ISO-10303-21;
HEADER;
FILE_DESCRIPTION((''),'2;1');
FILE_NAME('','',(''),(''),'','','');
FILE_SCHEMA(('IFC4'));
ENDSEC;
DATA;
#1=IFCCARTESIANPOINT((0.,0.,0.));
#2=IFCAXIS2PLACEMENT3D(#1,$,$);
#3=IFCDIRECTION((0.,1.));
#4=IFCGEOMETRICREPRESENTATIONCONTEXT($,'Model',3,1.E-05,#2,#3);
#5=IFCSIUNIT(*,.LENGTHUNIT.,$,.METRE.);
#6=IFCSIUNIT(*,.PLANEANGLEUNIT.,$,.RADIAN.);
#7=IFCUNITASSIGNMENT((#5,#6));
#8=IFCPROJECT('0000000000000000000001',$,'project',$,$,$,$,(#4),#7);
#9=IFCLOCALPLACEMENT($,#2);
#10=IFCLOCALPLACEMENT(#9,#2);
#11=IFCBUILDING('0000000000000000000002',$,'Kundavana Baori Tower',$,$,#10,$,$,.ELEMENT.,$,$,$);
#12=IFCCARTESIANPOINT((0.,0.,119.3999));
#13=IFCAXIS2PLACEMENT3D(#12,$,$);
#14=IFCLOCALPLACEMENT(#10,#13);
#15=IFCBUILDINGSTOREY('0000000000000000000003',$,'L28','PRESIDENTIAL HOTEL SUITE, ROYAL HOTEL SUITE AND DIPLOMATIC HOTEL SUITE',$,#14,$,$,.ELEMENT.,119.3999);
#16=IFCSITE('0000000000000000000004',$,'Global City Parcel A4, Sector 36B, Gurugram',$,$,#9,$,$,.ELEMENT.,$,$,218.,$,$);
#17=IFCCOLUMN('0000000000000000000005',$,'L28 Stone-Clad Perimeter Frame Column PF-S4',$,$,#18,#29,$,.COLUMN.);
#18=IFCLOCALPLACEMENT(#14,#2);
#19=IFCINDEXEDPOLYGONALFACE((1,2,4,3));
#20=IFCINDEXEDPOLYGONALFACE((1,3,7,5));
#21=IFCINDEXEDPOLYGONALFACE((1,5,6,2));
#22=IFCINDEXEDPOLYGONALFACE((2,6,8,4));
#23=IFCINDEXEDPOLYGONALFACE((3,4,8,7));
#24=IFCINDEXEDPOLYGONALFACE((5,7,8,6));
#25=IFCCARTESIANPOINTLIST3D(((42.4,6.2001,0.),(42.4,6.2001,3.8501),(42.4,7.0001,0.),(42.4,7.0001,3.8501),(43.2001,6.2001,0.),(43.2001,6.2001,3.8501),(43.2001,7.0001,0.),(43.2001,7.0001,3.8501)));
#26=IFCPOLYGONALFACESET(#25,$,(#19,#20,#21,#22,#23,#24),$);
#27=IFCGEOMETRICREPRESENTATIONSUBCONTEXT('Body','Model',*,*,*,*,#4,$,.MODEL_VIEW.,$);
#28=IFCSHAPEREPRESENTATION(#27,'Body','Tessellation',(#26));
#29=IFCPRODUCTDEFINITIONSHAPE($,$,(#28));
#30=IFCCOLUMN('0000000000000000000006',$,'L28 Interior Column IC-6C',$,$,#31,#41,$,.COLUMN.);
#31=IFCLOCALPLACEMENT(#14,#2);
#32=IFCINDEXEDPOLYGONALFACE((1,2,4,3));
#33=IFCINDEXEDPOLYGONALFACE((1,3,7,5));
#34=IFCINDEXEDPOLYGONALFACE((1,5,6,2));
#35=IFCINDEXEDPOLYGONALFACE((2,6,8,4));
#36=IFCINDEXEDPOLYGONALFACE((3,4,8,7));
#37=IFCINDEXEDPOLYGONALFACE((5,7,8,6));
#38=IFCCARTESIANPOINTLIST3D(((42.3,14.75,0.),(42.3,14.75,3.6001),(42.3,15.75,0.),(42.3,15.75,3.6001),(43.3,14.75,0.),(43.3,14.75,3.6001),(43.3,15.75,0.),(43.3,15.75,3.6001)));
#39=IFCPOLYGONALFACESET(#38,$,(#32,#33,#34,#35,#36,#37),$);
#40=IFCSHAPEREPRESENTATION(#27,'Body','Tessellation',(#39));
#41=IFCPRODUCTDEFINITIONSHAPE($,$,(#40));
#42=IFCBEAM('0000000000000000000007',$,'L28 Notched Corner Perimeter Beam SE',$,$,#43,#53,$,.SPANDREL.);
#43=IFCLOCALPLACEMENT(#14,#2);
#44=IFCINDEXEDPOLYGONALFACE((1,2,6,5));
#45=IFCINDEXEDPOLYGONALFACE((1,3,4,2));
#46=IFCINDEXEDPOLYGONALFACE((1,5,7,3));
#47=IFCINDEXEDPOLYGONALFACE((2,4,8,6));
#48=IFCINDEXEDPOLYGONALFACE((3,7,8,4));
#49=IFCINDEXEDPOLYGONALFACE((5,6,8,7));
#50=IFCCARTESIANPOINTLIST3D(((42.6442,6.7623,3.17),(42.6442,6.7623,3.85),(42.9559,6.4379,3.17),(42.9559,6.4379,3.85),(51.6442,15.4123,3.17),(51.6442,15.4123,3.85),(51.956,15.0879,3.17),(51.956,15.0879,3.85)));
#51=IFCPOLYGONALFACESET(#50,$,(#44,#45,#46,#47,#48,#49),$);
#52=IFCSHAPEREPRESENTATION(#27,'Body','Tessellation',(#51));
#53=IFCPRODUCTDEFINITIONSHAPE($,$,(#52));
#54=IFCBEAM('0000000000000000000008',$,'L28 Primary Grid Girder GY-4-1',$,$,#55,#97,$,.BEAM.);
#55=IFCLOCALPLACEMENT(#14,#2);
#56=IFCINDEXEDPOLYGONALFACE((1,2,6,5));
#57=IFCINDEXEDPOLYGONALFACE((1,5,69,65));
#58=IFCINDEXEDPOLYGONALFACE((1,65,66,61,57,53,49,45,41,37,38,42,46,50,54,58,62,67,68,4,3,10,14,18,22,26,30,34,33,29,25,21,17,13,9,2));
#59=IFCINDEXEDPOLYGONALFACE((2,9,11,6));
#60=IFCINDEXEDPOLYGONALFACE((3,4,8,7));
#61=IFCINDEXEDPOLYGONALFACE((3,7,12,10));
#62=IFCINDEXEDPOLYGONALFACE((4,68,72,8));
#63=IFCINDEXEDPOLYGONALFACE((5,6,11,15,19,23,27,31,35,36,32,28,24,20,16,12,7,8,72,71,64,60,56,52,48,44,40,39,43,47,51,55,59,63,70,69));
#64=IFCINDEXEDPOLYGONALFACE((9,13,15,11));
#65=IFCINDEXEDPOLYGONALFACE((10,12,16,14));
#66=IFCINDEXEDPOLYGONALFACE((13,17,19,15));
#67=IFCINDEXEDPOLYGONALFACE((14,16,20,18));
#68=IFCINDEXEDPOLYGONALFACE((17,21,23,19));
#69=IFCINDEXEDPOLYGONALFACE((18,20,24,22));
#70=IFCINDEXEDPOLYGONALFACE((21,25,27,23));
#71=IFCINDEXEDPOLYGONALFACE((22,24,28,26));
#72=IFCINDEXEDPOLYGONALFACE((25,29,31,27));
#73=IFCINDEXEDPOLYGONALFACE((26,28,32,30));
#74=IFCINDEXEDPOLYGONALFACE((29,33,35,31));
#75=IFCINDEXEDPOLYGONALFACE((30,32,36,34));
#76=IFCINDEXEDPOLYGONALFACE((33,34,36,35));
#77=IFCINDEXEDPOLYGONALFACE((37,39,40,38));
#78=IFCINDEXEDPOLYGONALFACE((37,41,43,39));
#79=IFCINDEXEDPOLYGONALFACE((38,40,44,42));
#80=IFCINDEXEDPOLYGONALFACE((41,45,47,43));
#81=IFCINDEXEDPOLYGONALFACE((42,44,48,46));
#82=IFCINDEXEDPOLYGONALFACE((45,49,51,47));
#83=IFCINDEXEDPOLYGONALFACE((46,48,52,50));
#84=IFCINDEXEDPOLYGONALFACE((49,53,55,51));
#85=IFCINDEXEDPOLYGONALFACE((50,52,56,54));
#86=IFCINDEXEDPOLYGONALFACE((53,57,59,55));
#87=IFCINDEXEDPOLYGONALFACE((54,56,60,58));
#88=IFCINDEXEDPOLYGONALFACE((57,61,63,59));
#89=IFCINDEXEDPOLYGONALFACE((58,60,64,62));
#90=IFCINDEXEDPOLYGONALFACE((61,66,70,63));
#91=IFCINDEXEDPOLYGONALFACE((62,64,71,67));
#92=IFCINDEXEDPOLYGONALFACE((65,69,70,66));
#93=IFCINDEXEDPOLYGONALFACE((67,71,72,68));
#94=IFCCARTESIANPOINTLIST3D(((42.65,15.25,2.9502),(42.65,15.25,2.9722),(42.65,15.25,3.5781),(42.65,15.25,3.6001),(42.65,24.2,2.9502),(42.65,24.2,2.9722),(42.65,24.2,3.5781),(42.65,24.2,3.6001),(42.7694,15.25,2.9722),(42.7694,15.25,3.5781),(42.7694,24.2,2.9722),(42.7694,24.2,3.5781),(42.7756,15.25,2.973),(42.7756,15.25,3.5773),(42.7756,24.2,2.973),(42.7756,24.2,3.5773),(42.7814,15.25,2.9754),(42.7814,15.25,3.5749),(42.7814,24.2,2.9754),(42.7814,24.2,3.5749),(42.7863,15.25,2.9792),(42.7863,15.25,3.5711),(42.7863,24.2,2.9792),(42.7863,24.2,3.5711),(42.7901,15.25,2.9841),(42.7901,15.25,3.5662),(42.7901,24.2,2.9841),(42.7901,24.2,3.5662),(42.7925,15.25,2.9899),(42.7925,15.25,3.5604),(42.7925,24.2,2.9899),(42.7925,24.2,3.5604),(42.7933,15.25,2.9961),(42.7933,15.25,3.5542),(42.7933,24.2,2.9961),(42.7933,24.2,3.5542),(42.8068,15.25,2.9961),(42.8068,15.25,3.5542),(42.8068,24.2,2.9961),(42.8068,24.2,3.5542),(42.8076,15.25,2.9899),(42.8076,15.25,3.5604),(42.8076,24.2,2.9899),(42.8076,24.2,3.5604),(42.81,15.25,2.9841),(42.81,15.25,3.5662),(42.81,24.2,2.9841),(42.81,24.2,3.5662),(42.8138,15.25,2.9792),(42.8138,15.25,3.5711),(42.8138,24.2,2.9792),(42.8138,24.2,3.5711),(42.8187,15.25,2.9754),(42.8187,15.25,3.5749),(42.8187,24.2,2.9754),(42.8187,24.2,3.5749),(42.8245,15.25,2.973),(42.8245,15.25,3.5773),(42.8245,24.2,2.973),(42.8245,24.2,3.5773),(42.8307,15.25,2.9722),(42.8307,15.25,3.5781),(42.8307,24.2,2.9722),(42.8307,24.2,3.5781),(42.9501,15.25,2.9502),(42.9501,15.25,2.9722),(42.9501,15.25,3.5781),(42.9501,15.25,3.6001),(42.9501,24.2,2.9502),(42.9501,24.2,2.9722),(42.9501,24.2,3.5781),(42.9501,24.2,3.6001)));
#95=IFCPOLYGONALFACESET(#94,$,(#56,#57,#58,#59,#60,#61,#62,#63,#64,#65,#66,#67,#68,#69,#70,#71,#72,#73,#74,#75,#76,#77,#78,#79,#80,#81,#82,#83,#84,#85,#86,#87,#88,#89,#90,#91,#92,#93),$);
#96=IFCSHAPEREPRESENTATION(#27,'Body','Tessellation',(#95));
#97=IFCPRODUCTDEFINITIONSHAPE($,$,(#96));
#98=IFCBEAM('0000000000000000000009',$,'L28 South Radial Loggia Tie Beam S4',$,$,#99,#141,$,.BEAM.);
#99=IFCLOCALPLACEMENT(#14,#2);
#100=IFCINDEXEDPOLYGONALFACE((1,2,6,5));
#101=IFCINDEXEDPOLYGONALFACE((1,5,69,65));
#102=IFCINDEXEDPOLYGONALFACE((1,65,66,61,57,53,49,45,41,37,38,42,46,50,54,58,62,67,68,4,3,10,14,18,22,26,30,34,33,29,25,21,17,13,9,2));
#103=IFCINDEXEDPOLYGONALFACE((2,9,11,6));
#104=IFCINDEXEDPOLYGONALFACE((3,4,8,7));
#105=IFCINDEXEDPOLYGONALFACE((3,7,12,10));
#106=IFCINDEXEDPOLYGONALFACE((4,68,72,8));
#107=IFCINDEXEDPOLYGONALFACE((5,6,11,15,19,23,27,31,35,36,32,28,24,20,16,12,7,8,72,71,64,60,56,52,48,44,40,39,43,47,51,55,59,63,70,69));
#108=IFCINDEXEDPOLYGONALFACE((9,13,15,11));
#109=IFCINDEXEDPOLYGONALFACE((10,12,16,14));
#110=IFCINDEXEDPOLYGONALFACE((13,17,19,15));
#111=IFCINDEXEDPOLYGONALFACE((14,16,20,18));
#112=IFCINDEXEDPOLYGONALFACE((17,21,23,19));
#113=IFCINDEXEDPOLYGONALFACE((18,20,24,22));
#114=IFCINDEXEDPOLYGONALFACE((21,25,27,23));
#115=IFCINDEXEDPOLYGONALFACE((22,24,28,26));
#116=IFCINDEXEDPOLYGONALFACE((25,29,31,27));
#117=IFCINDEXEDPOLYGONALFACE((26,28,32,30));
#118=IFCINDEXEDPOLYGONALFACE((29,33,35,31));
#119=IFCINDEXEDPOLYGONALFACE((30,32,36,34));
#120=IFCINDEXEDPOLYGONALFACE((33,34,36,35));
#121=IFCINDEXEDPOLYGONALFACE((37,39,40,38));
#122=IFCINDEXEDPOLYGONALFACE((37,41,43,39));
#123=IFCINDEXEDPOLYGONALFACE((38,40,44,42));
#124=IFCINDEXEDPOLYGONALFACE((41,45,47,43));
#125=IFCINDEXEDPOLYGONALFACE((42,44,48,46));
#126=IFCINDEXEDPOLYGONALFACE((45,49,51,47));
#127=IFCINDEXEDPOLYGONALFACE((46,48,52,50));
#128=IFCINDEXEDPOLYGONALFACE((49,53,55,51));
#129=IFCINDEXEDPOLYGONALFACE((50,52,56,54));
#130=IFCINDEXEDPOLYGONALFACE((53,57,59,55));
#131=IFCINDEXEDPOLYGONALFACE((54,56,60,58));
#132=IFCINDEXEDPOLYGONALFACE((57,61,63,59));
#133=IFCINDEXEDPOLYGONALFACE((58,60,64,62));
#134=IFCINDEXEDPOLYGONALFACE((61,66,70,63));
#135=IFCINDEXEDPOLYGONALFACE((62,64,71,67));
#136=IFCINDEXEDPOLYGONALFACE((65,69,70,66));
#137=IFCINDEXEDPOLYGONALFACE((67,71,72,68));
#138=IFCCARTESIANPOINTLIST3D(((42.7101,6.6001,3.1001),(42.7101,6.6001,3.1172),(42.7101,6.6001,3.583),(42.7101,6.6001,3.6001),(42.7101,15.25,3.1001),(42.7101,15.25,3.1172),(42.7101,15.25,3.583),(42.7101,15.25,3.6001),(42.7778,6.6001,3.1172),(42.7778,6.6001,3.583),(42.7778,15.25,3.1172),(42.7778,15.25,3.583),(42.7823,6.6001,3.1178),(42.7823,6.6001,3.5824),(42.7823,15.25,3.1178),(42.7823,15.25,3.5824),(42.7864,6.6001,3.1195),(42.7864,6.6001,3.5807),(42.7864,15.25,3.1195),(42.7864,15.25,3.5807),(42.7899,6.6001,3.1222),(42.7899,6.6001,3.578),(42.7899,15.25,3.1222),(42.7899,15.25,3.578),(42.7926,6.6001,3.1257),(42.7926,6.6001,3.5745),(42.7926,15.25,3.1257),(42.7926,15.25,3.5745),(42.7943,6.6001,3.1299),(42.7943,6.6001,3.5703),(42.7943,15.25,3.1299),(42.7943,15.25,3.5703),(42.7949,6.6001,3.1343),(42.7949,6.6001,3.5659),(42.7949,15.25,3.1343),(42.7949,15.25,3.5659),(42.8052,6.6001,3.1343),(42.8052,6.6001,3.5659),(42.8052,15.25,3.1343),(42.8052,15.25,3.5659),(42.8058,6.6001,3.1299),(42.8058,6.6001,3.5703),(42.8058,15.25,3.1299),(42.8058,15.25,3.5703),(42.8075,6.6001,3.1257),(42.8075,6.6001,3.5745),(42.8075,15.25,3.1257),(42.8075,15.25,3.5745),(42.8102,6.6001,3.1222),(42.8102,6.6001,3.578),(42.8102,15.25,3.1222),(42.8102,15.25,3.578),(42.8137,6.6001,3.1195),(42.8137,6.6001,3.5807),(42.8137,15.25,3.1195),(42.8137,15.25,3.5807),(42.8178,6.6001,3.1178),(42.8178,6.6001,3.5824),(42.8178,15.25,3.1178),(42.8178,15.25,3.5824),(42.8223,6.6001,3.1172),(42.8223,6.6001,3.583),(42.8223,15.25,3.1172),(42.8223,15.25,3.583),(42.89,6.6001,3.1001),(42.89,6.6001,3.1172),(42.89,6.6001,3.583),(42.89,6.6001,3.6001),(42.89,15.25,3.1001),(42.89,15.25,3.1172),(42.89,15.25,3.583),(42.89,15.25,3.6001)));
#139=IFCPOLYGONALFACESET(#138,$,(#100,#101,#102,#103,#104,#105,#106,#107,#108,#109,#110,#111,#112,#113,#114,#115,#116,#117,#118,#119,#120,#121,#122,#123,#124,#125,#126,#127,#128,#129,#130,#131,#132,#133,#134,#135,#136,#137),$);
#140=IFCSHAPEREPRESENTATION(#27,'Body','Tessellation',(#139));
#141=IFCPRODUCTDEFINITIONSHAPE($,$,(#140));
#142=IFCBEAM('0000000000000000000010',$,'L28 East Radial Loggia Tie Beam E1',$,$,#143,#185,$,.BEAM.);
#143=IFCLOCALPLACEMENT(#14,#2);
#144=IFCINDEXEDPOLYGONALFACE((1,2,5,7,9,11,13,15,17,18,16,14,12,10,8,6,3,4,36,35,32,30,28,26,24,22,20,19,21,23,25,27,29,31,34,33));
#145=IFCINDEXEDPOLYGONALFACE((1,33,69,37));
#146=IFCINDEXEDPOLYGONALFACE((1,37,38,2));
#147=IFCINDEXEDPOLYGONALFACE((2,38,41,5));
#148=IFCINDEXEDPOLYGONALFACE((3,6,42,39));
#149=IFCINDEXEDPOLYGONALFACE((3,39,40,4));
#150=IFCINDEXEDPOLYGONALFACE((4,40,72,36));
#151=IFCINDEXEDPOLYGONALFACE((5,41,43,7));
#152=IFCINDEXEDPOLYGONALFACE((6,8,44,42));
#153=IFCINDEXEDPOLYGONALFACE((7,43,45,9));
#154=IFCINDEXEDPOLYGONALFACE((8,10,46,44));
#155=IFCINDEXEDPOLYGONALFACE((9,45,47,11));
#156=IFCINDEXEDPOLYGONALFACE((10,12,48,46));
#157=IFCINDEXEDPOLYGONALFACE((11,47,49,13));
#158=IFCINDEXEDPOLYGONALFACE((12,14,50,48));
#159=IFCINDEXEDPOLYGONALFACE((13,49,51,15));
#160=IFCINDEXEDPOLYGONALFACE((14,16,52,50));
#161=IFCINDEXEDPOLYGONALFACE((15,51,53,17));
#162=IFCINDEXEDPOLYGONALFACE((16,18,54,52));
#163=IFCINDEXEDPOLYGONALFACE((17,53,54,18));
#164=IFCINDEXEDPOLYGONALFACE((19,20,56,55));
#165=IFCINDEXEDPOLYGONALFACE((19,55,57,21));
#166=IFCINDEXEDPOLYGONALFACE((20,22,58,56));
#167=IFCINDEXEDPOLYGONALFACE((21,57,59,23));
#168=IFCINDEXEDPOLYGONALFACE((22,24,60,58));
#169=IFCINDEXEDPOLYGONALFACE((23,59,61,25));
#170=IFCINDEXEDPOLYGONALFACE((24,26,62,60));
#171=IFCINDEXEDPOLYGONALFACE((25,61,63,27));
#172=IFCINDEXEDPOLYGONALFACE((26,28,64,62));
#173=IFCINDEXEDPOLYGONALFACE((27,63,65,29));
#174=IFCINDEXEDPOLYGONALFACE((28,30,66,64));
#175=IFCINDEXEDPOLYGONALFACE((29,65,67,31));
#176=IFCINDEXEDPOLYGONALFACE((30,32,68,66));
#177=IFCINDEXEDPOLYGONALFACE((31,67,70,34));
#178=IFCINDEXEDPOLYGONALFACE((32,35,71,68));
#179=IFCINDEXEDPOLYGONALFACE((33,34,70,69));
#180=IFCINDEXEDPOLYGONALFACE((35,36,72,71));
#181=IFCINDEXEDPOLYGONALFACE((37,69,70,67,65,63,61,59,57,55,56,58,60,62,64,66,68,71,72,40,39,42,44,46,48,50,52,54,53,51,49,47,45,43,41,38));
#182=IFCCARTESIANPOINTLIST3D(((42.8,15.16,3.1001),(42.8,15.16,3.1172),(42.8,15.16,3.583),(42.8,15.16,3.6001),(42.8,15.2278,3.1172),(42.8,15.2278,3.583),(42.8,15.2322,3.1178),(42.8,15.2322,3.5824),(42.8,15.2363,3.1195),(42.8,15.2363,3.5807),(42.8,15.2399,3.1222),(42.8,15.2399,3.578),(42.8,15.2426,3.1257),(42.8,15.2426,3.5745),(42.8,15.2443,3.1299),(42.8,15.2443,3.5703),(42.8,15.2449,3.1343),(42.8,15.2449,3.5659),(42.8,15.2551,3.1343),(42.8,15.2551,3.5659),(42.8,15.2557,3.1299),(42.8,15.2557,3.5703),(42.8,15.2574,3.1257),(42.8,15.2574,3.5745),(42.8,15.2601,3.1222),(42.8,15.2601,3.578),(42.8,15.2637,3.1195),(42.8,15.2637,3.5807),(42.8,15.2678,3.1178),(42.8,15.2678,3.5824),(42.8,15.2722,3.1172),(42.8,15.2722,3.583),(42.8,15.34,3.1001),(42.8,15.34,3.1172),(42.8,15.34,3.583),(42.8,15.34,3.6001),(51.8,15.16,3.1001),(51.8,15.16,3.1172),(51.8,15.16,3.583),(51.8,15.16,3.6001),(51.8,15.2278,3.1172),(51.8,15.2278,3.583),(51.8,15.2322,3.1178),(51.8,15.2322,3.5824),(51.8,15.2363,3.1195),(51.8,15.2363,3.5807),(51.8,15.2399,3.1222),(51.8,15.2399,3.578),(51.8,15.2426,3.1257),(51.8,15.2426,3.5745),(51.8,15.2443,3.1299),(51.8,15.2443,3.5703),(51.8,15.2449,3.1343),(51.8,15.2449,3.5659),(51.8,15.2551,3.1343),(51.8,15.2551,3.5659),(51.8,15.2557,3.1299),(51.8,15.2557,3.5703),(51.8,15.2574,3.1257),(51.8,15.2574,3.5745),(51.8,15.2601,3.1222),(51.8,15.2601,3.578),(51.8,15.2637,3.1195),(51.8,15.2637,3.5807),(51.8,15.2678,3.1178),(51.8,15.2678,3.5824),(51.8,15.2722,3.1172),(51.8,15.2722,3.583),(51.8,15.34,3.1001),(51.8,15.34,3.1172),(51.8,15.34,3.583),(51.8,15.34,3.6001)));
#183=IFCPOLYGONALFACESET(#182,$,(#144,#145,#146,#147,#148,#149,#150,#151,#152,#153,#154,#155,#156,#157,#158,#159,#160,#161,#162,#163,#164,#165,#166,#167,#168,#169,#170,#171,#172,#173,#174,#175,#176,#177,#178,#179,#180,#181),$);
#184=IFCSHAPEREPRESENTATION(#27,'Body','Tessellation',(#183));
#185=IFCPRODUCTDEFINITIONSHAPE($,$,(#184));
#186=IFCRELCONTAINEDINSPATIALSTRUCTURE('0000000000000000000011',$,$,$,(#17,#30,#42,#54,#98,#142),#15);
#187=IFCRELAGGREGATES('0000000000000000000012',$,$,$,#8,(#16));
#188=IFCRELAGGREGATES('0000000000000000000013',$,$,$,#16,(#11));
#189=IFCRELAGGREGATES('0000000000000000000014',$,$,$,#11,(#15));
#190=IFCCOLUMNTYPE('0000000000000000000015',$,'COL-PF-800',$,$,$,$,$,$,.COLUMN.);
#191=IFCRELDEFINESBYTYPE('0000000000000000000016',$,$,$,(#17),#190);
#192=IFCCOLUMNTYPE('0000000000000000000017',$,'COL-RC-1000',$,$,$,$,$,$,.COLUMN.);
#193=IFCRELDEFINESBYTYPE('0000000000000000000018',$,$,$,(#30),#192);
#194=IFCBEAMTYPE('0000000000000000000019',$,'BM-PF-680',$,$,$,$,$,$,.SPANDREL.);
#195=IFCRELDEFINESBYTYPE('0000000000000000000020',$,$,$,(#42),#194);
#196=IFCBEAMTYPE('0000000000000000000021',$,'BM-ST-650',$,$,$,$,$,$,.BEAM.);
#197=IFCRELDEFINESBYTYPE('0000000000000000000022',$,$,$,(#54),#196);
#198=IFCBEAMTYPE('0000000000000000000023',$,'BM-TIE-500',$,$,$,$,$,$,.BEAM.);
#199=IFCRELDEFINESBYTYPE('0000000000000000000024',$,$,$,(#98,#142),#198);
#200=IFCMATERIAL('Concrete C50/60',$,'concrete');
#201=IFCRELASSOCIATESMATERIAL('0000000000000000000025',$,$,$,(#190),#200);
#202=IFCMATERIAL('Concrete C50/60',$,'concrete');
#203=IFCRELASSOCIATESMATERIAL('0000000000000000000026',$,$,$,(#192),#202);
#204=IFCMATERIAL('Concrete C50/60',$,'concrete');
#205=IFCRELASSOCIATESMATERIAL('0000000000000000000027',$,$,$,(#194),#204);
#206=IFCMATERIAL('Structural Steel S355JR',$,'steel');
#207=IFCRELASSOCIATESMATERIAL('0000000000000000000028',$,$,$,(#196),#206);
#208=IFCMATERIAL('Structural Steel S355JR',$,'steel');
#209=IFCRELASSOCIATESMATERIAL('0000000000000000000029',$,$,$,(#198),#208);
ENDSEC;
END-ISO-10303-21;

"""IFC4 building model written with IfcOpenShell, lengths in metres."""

from ifc_helpers import new_model, si_unit, direction, frame, origin, origin_2d, place, context, subcontext, project, spatial, rectangle, i_section, extrude, material, material_profile, profile_set, type_object, element, save


model = new_model("IFC4")

# Units and contexts
model_context = context("Model", 3, precision=1e-05, world=origin(), true_north=direction((0.0, 1.0)))
body_context = subcontext(model_context, "Body", "Model", "MODEL_VIEW")
ifc_project = project(units=[si_unit("LENGTHUNIT", "METRE"), si_unit("PLANEANGLEUNIT", "RADIAN")], contexts=[model_context])

# Site, building, storey
site_placement = place(None, origin())
site = spatial("IfcSite", under=ifc_project, at=site_placement, Name="Global City Parcel A4, Sector 36B, Gurugram", CompositionType="ELEMENT", RefElevation=218.0)
building_placement = place(site_placement, origin())
building = spatial("IfcBuilding", under=site, at=building_placement, Name="Kundavana Baori Tower", CompositionType="ELEMENT")
storey_placement = place(building_placement, frame((0.0, 0.0, 119.3999)))
storey = spatial("IfcBuildingStorey", under=building, at=storey_placement, Name="L28", Description="PRESIDENTIAL HOTEL SUITE, ROYAL HOTEL SUITE AND DIPLOMATIC HOTEL SUITE", CompositionType="ELEMENT", Elevation=119.3999)

# Columns
ifc_material_1 = material(Name="Concrete C50/60", Category="concrete")
ifc_material_profile_1 = material_profile(ifc_material_1, rectangle(XDim=0.8, YDim=0.8, at=origin_2d()), Name="RC PF 800x800")
ifc_profile_set_1 = profile_set([ifc_material_profile_1], Name="Concrete C50/60")
column_type_1 = type_object("IfcColumnType", Name="COL-PF-800", PredefinedType="COLUMN", material=ifc_profile_set_1)
column_1_placement = place(storey_placement, frame((42.8, 6.6001, 0.0), z_axis=(0.0, 0.0, 1.0), x_axis=(1.0, 0.0, 0.0)))
element("IfcColumn", 1, at=column_1_placement, inside=storey, type_object=column_type_1, Name="L28 Stone-Clad Perimeter Frame Column PF-S4", PredefinedType="COLUMN", context=body_context, shape_type="SweptSolid", body=[
    extrude(rectangle(XDim=0.8, YDim=0.8, at=origin_2d()), origin(), (0.0, 0.0, 1.0), 3.8501),
])
ifc_material_2 = material(Name="Concrete C50/60", Category="concrete")
ifc_material_profile_2 = material_profile(ifc_material_2, rectangle(XDim=1.0, YDim=1.0, at=origin_2d()), Name="RC 1000x1000")
ifc_profile_set_2 = profile_set([ifc_material_profile_2], Name="Concrete C50/60")
column_type_2 = type_object("IfcColumnType", Name="COL-RC-1000", PredefinedType="COLUMN", material=ifc_profile_set_2)
column_2_placement = place(storey_placement, frame((42.8, 15.25, 0.0), z_axis=(0.0, 0.0, 1.0), x_axis=(1.0, 0.0, 0.0)))
element("IfcColumn", 2, at=column_2_placement, inside=storey, type_object=column_type_2, Name="L28 Interior Column IC-6C", PredefinedType="COLUMN", context=body_context, shape_type="SweptSolid", body=[
    extrude(rectangle(XDim=1.0, YDim=1.0, at=origin_2d()), origin(), (0.0, 0.0, 1.0), 3.6001),
])

# Beams
ifc_material_3 = material(Name="Concrete C50/60", Category="concrete")
ifc_material_profile_3 = material_profile(ifc_material_3, rectangle(XDim=0.45, YDim=0.6799, at=origin_2d()), Name="RC BM 450x680")
ifc_profile_set_3 = profile_set([ifc_material_profile_3], Name="Concrete C50/60")
beam_type_1 = type_object("IfcBeamType", Name="BM-PF-680", PredefinedType="SPANDREL", material=ifc_profile_set_3)
beam_1_placement = place(storey_placement, frame((42.8, 6.6001, 3.51), z_axis=(0.720991, 0.692945, 0.0), x_axis=(-0.692945, 0.720991, 0.0)))
element("IfcBeam", 3, at=beam_1_placement, inside=storey, type_object=beam_type_1, Name="L28 Notched Corner Perimeter Beam SE", PredefinedType="SPANDREL", context=body_context, shape_type="SweptSolid", body=[
    extrude(rectangle(XDim=0.45, YDim=0.6799, at=origin_2d()), origin(), (0.0, 0.0, 1.0), 12.4829),
])
ifc_material_4 = material(Name="Structural Steel S355JR", Category="steel")
ifc_material_profile_4 = material_profile(ifc_material_4, i_section(OverallWidth=0.3, OverallDepth=0.6499, WebThickness=0.0134, FlangeThickness=0.022, FilletRadius=0.0239, at=origin_2d()), Name="NPB 650x300x155")
ifc_profile_set_4 = profile_set([ifc_material_profile_4], Name="Structural Steel S355JR")
beam_type_2 = type_object("IfcBeamType", Name="BM-ST-650", PredefinedType="BEAM", material=ifc_profile_set_4)
beam_2_placement = place(storey_placement, frame((42.8, 15.25, 3.2751), z_axis=(0.0, 1.0, 0.0), x_axis=(-1.0, 0.0, 0.0)))
element("IfcBeam", 4, at=beam_2_placement, inside=storey, type_object=beam_type_2, Name="L28 Primary Grid Girder GY-4-1", PredefinedType="BEAM", context=body_context, shape_type="SweptSolid", body=[
    extrude(i_section(OverallWidth=0.3, OverallDepth=0.6499, WebThickness=0.0134, FlangeThickness=0.022, FilletRadius=0.0239, at=origin_2d()), origin(), (0.0, 0.0, 1.0), 8.95),
])
ifc_material_5 = material(Name="Structural Steel S355JR", Category="steel")
ifc_material_profile_5 = material_profile(ifc_material_5, i_section(OverallWidth=0.1799, OverallDepth=0.5, WebThickness=0.0103, FlangeThickness=0.0171, FilletRadius=0.0171, at=origin_2d()), Name="ISMB 500")
ifc_profile_set_5 = profile_set([ifc_material_profile_5], Name="Structural Steel S355JR")
beam_type_3 = type_object("IfcBeamType", Name="BM-TIE-500", PredefinedType="BEAM", material=ifc_profile_set_5)
beam_3_placement = place(storey_placement, frame((42.8, 15.25, 3.3501), z_axis=(0.0, -1.0, 0.0), x_axis=(1.0, 0.0, 0.0)))
element("IfcBeam", 5, at=beam_3_placement, inside=storey, type_object=beam_type_3, Name="L28 South Radial Loggia Tie Beam S4", PredefinedType="BEAM", context=body_context, shape_type="SweptSolid", body=[
    extrude(i_section(OverallWidth=0.1799, OverallDepth=0.5, WebThickness=0.0103, FlangeThickness=0.0171, FilletRadius=0.0171, at=origin_2d()), origin(), (0.0, 0.0, 1.0), 8.6499),
])
beam_4_placement = place(storey_placement, frame((42.8, 15.25, 3.3501), z_axis=(1.0, 0.0, 0.0), x_axis=(0.0, 1.0, 0.0)))
element("IfcBeam", 6, at=beam_4_placement, inside=storey, type_object=beam_type_3, Name="L28 East Radial Loggia Tie Beam E1", PredefinedType="BEAM", context=body_context, shape_type="SweptSolid", body=[
    extrude(i_section(OverallWidth=0.1799, OverallDepth=0.5, WebThickness=0.0103, FlangeThickness=0.0171, FilletRadius=0.0171, at=origin_2d()), origin(), (0.0, 0.0, 1.0), 9.0),
])

save(model, "model.ifc")
